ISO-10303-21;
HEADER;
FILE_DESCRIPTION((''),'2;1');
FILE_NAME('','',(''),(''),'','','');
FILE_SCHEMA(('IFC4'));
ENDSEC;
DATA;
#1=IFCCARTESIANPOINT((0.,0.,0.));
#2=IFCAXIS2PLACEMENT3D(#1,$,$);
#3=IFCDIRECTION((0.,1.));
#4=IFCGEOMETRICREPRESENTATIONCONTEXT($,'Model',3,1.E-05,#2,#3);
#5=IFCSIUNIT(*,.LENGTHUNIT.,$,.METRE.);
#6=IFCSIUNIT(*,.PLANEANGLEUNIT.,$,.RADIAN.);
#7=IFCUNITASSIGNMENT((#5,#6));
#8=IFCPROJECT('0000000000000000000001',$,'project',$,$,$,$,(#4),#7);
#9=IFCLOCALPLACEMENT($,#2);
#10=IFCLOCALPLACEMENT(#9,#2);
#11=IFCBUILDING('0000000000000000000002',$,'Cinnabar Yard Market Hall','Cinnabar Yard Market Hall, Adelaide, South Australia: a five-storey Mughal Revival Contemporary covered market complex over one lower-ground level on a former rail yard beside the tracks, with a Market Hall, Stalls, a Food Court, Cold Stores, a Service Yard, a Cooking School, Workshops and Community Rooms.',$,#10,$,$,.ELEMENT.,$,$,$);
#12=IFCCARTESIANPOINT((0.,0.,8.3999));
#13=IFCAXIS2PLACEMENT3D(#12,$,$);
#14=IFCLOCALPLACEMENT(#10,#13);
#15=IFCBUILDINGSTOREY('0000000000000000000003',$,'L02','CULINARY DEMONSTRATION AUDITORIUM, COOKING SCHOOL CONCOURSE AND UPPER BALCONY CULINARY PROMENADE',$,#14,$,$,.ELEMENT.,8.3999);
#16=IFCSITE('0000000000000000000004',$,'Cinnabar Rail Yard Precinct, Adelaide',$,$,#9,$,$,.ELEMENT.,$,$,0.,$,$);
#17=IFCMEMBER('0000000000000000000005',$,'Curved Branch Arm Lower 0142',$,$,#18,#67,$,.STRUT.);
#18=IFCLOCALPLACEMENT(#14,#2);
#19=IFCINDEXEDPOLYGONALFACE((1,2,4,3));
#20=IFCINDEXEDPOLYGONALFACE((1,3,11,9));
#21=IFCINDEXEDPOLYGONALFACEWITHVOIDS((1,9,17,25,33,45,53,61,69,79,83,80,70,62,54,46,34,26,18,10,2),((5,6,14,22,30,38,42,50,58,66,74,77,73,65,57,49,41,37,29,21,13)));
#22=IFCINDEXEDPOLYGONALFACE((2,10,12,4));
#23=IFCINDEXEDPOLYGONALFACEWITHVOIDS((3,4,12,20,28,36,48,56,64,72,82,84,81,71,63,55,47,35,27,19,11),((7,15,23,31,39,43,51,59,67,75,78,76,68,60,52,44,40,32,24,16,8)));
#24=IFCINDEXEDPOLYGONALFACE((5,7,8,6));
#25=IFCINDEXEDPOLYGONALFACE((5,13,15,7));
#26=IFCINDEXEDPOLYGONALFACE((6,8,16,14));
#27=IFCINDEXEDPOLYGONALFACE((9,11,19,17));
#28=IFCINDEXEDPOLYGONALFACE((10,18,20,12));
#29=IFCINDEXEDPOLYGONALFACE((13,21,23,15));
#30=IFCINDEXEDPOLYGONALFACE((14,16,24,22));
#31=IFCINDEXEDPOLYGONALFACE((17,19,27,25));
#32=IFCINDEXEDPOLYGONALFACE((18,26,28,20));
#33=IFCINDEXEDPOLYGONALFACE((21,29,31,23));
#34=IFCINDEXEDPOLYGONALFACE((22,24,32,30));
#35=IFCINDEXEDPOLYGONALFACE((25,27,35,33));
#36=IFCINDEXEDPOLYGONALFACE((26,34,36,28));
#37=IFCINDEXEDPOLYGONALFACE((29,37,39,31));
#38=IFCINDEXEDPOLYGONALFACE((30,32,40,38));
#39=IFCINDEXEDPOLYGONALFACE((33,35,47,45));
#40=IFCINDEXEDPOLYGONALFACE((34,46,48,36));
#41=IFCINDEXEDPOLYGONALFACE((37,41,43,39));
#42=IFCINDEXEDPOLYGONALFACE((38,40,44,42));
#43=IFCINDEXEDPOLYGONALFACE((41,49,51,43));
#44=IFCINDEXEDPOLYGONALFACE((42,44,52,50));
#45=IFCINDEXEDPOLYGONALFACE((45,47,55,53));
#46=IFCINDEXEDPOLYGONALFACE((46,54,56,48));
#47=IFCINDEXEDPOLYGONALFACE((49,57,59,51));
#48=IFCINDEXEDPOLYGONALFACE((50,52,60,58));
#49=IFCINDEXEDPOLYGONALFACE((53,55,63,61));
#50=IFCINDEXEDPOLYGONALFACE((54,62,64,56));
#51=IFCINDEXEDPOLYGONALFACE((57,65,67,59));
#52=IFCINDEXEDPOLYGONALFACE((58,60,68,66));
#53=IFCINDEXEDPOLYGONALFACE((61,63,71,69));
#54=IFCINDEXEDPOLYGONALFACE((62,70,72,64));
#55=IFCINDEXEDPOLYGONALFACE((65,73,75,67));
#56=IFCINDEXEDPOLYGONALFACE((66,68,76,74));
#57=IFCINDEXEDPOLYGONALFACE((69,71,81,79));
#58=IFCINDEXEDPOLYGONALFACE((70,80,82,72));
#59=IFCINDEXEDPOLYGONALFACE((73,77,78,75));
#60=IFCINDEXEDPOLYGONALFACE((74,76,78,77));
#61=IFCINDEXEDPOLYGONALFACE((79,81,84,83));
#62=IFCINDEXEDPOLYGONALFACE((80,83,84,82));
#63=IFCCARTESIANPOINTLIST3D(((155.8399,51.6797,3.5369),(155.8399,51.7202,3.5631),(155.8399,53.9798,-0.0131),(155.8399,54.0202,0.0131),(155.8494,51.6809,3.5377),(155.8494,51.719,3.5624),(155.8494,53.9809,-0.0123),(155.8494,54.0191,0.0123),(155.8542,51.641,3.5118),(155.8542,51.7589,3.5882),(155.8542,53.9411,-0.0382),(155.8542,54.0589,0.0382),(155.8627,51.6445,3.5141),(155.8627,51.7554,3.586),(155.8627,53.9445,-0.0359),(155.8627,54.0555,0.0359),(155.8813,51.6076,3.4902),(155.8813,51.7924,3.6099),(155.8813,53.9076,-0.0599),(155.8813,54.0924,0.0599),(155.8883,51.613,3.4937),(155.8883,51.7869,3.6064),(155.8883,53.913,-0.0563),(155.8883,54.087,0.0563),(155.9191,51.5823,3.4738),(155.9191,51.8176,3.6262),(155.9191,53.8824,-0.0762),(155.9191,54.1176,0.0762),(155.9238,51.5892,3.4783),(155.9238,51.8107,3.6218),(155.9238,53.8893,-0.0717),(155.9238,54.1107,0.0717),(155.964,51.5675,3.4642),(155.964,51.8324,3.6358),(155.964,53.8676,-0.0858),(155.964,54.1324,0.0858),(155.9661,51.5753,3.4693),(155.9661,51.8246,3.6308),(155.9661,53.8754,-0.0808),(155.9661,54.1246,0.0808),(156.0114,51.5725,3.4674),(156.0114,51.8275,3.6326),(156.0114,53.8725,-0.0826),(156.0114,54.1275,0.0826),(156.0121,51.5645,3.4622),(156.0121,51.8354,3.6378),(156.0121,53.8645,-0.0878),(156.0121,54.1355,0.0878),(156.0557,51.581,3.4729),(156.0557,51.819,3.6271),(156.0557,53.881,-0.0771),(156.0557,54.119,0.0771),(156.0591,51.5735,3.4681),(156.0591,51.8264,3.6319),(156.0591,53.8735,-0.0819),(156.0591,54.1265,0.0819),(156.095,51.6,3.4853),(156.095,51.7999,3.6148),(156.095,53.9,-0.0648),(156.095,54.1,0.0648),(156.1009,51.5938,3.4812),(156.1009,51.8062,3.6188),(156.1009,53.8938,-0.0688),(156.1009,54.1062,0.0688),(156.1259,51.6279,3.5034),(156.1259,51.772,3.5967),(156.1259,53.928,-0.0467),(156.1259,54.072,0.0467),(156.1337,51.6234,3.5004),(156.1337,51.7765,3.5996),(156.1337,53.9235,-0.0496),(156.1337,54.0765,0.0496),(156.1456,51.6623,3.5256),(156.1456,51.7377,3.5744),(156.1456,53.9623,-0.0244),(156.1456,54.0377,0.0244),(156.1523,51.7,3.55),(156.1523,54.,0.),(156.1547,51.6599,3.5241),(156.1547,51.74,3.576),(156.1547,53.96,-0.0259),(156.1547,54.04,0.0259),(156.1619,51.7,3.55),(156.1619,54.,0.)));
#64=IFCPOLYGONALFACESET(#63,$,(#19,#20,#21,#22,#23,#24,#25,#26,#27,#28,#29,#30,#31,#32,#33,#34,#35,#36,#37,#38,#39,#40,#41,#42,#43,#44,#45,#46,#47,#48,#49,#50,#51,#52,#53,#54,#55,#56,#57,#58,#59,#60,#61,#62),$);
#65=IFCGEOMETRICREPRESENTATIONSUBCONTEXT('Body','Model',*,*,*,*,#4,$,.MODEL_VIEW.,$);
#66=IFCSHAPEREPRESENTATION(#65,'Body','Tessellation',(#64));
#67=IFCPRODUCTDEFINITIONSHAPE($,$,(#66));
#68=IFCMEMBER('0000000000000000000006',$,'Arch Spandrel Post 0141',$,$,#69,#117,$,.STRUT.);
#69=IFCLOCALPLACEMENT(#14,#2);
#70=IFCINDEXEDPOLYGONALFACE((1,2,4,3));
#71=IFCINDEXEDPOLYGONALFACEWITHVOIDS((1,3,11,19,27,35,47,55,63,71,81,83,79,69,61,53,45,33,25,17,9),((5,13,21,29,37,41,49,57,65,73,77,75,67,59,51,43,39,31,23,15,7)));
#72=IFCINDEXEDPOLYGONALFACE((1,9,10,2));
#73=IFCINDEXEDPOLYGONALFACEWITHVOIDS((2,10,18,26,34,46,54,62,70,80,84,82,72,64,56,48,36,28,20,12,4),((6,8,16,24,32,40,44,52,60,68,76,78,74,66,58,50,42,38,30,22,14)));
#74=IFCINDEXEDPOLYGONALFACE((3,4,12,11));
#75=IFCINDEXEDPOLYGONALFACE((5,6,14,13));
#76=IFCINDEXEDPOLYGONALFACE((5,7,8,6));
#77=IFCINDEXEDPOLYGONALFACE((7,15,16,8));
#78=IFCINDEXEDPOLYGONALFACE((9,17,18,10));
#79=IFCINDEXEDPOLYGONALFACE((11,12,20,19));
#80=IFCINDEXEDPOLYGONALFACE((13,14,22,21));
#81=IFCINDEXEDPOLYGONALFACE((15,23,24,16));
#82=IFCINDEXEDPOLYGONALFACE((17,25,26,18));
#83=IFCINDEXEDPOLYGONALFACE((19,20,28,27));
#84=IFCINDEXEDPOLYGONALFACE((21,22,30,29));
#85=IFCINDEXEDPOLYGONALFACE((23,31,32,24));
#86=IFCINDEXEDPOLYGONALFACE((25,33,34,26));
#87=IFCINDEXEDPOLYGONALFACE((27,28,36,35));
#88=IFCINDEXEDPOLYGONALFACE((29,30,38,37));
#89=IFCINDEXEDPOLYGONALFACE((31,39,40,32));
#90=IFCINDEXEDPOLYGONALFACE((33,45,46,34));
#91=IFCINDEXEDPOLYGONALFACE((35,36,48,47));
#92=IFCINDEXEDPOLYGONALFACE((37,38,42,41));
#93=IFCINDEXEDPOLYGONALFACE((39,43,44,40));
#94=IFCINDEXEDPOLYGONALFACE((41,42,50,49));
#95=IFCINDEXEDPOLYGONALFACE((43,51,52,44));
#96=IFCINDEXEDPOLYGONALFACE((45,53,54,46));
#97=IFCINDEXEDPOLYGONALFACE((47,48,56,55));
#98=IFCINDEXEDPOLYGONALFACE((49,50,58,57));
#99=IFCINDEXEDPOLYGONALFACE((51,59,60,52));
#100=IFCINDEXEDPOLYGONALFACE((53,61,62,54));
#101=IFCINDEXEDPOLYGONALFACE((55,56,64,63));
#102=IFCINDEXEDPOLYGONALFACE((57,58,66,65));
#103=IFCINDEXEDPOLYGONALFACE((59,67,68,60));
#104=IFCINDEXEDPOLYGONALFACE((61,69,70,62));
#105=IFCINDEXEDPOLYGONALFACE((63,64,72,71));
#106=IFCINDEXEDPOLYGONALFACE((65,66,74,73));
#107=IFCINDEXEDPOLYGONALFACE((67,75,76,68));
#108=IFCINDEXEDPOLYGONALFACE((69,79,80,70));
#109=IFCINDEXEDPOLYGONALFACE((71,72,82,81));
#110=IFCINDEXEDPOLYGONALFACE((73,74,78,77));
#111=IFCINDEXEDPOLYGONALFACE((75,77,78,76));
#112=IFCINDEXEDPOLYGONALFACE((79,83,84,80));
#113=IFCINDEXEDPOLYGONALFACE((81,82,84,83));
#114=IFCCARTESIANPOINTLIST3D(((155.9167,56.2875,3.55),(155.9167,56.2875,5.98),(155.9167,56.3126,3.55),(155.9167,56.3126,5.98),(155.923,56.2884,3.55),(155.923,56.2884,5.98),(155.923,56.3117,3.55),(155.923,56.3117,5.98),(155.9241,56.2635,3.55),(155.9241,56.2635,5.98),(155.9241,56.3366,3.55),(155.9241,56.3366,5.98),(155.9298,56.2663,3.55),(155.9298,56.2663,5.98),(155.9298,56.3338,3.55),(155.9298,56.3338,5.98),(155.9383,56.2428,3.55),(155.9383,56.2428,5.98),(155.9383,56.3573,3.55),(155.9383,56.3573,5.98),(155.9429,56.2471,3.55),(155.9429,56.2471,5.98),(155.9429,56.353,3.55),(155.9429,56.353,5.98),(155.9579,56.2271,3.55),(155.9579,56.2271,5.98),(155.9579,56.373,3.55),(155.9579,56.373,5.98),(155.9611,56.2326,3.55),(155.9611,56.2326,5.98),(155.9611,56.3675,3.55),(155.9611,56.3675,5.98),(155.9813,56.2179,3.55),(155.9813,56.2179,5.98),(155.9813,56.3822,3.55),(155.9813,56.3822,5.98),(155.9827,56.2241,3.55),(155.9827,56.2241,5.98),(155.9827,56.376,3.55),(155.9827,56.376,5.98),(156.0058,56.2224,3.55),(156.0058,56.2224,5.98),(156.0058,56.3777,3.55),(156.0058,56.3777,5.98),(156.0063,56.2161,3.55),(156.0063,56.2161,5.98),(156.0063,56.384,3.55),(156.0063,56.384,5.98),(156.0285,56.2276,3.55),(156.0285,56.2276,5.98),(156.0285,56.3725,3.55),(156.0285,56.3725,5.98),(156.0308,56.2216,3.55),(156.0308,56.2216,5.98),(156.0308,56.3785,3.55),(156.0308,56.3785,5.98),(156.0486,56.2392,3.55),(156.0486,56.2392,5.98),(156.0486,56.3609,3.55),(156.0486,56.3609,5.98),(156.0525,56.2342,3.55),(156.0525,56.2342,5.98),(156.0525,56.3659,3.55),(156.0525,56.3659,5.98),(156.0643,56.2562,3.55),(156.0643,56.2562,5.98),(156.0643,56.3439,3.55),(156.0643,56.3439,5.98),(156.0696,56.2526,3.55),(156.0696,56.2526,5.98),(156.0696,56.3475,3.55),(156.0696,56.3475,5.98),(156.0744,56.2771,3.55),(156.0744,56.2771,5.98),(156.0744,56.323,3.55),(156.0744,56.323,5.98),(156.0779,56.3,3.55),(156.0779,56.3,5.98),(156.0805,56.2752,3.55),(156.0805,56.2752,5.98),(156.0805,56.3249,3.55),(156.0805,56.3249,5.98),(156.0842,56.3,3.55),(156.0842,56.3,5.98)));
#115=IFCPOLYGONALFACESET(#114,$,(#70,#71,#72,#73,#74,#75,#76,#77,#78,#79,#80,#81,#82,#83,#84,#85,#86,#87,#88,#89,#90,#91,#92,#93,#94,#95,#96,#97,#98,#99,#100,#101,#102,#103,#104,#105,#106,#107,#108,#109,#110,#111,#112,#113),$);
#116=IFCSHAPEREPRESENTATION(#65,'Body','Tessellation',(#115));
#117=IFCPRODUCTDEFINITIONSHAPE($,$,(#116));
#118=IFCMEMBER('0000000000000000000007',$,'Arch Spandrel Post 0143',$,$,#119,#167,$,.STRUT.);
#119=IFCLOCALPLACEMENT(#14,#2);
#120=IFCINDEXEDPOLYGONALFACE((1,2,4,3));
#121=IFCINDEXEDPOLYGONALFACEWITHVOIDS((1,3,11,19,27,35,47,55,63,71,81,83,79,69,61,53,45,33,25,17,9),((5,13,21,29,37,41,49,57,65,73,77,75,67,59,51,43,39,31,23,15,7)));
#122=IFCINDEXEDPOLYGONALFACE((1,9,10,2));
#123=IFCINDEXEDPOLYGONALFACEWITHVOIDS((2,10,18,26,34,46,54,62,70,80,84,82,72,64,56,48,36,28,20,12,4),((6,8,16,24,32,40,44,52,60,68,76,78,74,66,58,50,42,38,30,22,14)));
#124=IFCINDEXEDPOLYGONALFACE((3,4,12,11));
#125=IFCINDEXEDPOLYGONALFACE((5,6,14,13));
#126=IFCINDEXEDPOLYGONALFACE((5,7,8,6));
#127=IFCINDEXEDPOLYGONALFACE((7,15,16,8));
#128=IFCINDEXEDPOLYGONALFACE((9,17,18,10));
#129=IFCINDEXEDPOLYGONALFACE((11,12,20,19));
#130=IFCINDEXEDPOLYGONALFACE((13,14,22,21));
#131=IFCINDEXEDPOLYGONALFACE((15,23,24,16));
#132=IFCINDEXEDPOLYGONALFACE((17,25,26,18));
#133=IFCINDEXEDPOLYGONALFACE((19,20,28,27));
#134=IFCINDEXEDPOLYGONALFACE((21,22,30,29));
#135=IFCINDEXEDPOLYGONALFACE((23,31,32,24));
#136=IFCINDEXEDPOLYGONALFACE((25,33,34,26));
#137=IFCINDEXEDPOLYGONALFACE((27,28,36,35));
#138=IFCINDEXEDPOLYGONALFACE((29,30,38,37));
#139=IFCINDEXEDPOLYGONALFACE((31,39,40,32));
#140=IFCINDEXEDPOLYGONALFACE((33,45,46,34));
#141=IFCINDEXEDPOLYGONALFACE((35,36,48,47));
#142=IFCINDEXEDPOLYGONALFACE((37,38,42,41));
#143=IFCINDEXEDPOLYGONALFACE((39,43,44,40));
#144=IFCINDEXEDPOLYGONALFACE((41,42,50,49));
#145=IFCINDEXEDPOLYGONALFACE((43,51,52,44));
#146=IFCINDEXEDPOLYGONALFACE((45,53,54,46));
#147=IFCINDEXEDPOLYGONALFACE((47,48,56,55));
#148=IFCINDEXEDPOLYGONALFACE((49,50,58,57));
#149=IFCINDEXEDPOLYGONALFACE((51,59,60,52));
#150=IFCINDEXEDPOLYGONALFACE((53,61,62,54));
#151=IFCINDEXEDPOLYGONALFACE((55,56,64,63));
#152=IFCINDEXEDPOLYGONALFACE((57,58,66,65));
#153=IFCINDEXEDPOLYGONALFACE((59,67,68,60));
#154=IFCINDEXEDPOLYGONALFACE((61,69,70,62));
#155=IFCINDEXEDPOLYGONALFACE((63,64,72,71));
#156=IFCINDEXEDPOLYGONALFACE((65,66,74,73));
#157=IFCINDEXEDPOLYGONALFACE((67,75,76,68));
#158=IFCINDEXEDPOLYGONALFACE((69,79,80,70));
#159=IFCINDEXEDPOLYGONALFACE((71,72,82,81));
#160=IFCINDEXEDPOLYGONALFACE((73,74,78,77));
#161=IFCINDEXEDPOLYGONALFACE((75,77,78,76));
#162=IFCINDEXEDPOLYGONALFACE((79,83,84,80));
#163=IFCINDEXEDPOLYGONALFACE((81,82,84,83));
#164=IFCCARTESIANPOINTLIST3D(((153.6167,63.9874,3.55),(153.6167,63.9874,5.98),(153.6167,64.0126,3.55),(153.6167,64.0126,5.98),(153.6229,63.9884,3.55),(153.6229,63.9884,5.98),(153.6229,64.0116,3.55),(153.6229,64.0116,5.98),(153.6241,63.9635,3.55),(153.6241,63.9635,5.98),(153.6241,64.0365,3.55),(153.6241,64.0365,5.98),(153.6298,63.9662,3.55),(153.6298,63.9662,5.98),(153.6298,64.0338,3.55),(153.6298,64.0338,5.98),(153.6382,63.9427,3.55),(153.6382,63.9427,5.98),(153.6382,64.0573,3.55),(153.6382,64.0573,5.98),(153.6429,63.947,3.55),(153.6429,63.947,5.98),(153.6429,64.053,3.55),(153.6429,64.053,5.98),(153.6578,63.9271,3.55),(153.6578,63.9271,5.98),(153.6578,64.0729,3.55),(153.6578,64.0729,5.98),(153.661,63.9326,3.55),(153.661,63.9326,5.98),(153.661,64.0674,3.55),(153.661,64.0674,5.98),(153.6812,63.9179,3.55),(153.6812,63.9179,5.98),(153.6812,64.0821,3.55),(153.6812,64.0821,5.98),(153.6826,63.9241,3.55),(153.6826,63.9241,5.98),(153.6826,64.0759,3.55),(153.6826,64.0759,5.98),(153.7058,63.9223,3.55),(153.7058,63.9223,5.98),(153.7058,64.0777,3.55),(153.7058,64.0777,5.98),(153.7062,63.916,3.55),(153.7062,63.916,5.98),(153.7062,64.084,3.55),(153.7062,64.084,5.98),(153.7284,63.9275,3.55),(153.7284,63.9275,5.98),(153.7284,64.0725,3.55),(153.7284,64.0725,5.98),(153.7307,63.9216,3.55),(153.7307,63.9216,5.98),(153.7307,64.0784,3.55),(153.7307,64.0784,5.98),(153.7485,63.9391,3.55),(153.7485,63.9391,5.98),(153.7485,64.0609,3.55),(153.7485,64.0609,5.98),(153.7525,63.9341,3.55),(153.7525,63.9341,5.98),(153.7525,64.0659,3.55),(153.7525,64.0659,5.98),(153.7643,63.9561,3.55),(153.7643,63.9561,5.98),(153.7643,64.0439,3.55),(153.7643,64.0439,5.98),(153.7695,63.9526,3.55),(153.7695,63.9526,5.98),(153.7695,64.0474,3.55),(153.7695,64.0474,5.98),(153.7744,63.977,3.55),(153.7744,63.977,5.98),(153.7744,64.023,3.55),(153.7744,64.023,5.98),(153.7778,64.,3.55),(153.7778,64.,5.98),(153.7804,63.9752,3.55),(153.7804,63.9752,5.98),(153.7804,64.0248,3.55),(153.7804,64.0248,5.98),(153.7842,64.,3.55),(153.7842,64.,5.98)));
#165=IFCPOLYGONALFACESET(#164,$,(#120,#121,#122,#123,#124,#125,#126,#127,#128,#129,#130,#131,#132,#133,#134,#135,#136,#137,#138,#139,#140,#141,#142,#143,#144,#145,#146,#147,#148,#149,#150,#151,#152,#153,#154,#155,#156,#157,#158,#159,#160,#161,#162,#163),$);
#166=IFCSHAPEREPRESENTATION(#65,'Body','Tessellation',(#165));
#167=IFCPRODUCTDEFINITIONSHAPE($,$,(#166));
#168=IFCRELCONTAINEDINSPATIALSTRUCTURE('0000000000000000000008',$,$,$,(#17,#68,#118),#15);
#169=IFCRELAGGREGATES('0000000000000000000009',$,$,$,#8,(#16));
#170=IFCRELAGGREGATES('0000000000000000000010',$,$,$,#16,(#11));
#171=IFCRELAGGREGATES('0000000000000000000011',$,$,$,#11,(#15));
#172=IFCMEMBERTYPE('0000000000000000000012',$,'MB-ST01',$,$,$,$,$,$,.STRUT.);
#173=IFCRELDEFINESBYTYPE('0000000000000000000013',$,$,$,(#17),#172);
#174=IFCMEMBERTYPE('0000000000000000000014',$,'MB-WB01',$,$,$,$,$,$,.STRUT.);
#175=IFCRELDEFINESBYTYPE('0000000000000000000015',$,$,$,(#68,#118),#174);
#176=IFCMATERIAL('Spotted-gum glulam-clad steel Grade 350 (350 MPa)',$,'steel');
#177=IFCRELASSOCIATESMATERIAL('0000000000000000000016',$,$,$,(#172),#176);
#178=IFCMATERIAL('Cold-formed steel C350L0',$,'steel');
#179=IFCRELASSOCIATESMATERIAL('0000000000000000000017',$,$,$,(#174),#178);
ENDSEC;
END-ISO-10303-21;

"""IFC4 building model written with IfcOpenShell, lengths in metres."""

from ifc_helpers import new_model, si_unit, direction, frame, origin, origin_2d_with_axis, place, context, subcontext, project, spatial, hollow_circle, extrude, material, material_profile, profile_set, type_object, element, save


model = new_model("IFC4")

# Units and contexts
model_context = context("Model", 3, precision=1e-05, world=origin(), true_north=direction((0.0, 1.0)))
body_context = subcontext(model_context, "Body", "Model", "MODEL_VIEW")
ifc_project = project(units=[si_unit("LENGTHUNIT", "METRE"), si_unit("PLANEANGLEUNIT", "RADIAN")], contexts=[model_context])

# Site, building, storey
site_placement = place(None, origin())
site = spatial("IfcSite", under=ifc_project, at=site_placement, Name="Cinnabar Rail Yard Precinct, Adelaide", CompositionType="ELEMENT", RefElevation=0.0)
building_placement = place(site_placement, origin())
building = spatial("IfcBuilding", under=site, at=building_placement, Name="Cinnabar Yard Market Hall", Description="Cinnabar Yard Market Hall, Adelaide, South Australia: a five-storey Mughal Revival Contemporary covered market complex over one lower-ground level on a former rail yard beside the tracks, with a Market Hall, Stalls, a Food Court, Cold Stores, a Service Yard, a Cooking School, Workshops and Community Rooms.", CompositionType="ELEMENT")
storey_placement = place(building_placement, frame((0.0, 0.0, 8.3999)))
storey = spatial("IfcBuildingStorey", under=building, at=storey_placement, Name="L02", Description="CULINARY DEMONSTRATION AUDITORIUM, COOKING SCHOOL CONCOURSE AND UPPER BALCONY CULINARY PROMENADE", CompositionType="ELEMENT", Elevation=8.3999)

# Shared definitions
ifc_material_1 = material(Name="Spotted-gum glulam-clad steel Grade 350 (350 MPa)", Category="steel")

# Members
ifc_material_profile_1 = material_profile(ifc_material_1, hollow_circle(Radius=0.1619, WallThickness=0.0095, at=origin_2d_with_axis()), Name="323.9x9.5CHS")
ifc_profile_set_1 = profile_set([ifc_material_profile_1], Name="Spotted-gum glulam-clad steel Grade 350 (350 MPa)")
member_type_1 = type_object("IfcMemberType", Name="MB-ST01", PredefinedType="STRUT", material=ifc_profile_set_1)
for number, where, z_axis, x_axis, name in (
    (1, (156.0, 54.0, 0.0), (0.0, -0.543744, 0.839251), (1.0, 0.0, 0.0), "Curved Branch Arm Lower 0142"),
):
    element("IfcMember", number, at=place(storey_placement, frame(where, z_axis=z_axis, x_axis=x_axis)), inside=storey, type_object=member_type_1, Name=name, PredefinedType="STRUT", context=body_context, shape_type="SweptSolid", body=[
        extrude(hollow_circle(Radius=0.1619, WallThickness=0.0095, at=origin_2d_with_axis()), origin(), (0.0, 0.0, 1.0), 4.23),
    ])
ifc_material_2 = material(Name="Cold-formed steel C350L0", Category="steel")
ifc_material_profile_2 = material_profile(ifc_material_2, hollow_circle(Radius=0.0842, WallThickness=0.0063, at=origin_2d_with_axis()), Name="168.3x6.4CHS")
ifc_profile_set_2 = profile_set([ifc_material_profile_2], Name="Cold-formed steel C350L0")
member_type_2 = type_object("IfcMemberType", Name="MB-WB01", PredefinedType="STRUT", material=ifc_profile_set_2)
for number, where, z_axis, x_axis, name in (
    (2, (156.0, 56.3, 3.55), (0.0, 0.0, 1.0), (1.0, 0.0, 0.0), "Arch Spandrel Post 0141"),
    (3, (153.7, 64.0, 3.55), (0.0, 0.0, 1.0), (1.0, 0.0, 0.0), "Arch Spandrel Post 0143"),
):
    element("IfcMember", number, at=place(storey_placement, frame(where, z_axis=z_axis, x_axis=x_axis)), inside=storey, type_object=member_type_2, Name=name, PredefinedType="STRUT", context=body_context, shape_type="SweptSolid", body=[
        extrude(hollow_circle(Radius=0.0842, WallThickness=0.0063, at=origin_2d_with_axis()), origin(), (0.0, 0.0, 1.0), 2.4299),
    ])

save(model, "model.ifc")
